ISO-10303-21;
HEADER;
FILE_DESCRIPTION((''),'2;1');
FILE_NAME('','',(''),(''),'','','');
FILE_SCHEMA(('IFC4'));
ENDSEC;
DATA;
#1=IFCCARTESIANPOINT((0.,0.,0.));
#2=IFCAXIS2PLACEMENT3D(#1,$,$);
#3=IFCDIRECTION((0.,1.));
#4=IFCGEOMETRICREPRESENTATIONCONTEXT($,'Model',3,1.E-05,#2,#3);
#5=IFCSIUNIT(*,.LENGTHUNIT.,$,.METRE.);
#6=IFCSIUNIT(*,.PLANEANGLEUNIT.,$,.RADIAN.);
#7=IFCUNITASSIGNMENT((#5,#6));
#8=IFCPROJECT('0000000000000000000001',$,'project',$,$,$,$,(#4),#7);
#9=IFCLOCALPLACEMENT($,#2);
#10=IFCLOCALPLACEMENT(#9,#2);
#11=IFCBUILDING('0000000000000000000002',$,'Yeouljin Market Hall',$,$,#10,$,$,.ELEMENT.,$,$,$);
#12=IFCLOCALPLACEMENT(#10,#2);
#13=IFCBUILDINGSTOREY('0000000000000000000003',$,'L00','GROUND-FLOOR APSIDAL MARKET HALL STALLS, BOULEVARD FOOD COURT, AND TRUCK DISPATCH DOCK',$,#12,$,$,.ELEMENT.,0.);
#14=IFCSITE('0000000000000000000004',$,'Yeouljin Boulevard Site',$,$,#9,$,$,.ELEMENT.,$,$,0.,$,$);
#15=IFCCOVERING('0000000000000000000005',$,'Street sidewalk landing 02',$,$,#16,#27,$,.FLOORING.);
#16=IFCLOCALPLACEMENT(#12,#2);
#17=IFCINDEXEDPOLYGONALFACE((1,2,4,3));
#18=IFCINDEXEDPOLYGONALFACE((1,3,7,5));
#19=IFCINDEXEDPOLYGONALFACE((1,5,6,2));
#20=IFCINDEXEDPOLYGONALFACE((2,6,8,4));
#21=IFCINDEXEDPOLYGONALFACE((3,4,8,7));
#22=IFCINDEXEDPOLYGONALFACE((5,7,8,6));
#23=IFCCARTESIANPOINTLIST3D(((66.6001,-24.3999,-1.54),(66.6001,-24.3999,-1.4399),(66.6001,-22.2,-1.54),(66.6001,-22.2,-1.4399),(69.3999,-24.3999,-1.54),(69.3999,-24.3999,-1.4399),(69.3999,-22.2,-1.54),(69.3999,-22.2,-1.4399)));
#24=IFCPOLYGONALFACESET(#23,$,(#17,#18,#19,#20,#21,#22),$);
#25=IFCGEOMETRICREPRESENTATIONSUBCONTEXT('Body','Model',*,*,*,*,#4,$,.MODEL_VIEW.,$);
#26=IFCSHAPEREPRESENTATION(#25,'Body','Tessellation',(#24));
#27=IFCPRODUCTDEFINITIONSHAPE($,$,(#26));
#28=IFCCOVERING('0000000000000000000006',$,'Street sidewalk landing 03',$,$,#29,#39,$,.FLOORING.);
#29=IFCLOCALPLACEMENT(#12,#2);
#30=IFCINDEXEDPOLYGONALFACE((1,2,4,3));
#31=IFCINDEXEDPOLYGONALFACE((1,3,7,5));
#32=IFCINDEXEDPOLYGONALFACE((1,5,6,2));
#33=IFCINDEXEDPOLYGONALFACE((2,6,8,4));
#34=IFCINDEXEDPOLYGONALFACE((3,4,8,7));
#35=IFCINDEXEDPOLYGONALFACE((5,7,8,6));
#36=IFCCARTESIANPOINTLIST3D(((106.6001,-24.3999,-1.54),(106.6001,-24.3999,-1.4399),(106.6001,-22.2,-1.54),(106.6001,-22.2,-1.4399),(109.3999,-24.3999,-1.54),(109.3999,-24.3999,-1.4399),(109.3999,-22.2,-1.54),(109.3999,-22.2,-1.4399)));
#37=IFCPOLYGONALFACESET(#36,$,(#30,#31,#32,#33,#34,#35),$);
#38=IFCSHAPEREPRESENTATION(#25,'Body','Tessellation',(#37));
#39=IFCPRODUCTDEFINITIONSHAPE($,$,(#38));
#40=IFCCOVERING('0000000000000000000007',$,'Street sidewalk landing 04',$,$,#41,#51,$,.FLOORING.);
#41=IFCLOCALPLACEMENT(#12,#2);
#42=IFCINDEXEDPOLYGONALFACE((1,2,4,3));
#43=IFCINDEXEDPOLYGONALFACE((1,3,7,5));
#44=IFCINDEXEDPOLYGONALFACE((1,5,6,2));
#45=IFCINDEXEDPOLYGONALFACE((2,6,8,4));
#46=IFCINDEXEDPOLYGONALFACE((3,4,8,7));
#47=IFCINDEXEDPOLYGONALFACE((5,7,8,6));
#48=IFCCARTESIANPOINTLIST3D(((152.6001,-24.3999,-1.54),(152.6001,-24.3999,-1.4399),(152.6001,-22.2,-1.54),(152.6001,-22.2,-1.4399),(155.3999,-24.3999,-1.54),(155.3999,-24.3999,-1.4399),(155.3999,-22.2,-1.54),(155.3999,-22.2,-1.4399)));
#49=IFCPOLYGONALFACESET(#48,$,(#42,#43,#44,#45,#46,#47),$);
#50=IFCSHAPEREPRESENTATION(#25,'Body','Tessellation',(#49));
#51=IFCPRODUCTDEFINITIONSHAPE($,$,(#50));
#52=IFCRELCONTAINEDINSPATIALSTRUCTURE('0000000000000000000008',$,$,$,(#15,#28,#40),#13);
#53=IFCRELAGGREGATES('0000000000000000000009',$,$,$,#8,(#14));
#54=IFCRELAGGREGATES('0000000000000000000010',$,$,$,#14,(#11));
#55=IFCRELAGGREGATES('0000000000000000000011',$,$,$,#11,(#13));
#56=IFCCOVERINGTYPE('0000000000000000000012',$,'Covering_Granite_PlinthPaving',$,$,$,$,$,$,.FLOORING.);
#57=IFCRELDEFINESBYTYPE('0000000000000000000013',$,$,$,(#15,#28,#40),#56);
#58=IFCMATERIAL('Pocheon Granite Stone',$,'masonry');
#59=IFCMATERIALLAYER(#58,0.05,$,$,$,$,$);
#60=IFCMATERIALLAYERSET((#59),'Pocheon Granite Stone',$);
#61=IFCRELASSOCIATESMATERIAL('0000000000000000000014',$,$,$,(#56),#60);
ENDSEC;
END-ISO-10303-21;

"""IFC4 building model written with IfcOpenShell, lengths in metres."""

from ifc_helpers import new_model, si_unit, direction, frame, origin, place, context, subcontext, project, spatial, polyline, outline, extrude, material, layer, layer_set, type_object, element, save


model = new_model("IFC4")

# Units and contexts
model_context = context("Model", 3, precision=1e-05, world=origin(), true_north=direction((0.0, 1.0)))
body_context = subcontext(model_context, "Body", "Model", "MODEL_VIEW")
ifc_project = project(units=[si_unit("LENGTHUNIT", "METRE"), si_unit("PLANEANGLEUNIT", "RADIAN")], contexts=[model_context])

# Site, building, storey
site_placement = place(None, origin())
site = spatial("IfcSite", under=ifc_project, at=site_placement, Name="Yeouljin Boulevard Site", CompositionType="ELEMENT", RefElevation=0.0)
building_placement = place(site_placement, origin())
building = spatial("IfcBuilding", under=site, at=building_placement, Name="Yeouljin Market Hall", CompositionType="ELEMENT")
storey_placement = place(building_placement, origin())
storey = spatial("IfcBuildingStorey", under=building, at=storey_placement, Name="L00", Description="GROUND-FLOOR APSIDAL MARKET HALL STALLS, BOULEVARD FOOD COURT, AND TRUCK DISPATCH DOCK", CompositionType="ELEMENT", Elevation=0.0)

# Coverings
ifc_material_1 = material(Name="Pocheon Granite Stone", Category="masonry")
ifc_layer_1 = layer(ifc_material_1, 0.05)
ifc_layer_set_1 = layer_set([ifc_layer_1], Name="Pocheon Granite Stone")
covering_type_1 = type_object("IfcCoveringType", Name="Covering_Granite_PlinthPaving", PredefinedType="FLOORING", material=ifc_layer_set_1)
covering_1_placement = place(storey_placement, frame((0.0, 0.0, -1.54)))
element("IfcCovering", 1, at=covering_1_placement, inside=storey, type_object=covering_type_1, Name="Street sidewalk landing 02", PredefinedType="FLOORING", context=body_context, shape_type="SweptSolid", body=[
    extrude(outline(polyline([(66.6001, -24.3999), (69.3999, -24.3999), (69.3999, -22.2), (66.6001, -22.2), (66.6001, -24.3999)])), origin(), (0.0, 0.0, 1.0), 0.1001),
])
covering_2_placement = place(storey_placement, frame((0.0, 0.0, -1.54)))
element("IfcCovering", 2, at=covering_2_placement, inside=storey, type_object=covering_type_1, Name="Street sidewalk landing 03", PredefinedType="FLOORING", context=body_context, shape_type="SweptSolid", body=[
    extrude(outline(polyline([(106.6001, -24.3999), (109.3999, -24.3999), (109.3999, -22.2), (106.6001, -22.2), (106.6001, -24.3999)])), origin(), (0.0, 0.0, 1.0), 0.1001),
])
covering_3_placement = place(storey_placement, frame((0.0, 0.0, -1.54)))
element("IfcCovering", 3, at=covering_3_placement, inside=storey, type_object=covering_type_1, Name="Street sidewalk landing 04", PredefinedType="FLOORING", context=body_context, shape_type="SweptSolid", body=[
    extrude(outline(polyline([(152.6001, -24.3999), (155.3999, -24.3999), (155.3999, -22.2), (152.6001, -22.2), (152.6001, -24.3999)])), origin(), (0.0, 0.0, 1.0), 0.1001),
])

save(model, "model.ifc")
